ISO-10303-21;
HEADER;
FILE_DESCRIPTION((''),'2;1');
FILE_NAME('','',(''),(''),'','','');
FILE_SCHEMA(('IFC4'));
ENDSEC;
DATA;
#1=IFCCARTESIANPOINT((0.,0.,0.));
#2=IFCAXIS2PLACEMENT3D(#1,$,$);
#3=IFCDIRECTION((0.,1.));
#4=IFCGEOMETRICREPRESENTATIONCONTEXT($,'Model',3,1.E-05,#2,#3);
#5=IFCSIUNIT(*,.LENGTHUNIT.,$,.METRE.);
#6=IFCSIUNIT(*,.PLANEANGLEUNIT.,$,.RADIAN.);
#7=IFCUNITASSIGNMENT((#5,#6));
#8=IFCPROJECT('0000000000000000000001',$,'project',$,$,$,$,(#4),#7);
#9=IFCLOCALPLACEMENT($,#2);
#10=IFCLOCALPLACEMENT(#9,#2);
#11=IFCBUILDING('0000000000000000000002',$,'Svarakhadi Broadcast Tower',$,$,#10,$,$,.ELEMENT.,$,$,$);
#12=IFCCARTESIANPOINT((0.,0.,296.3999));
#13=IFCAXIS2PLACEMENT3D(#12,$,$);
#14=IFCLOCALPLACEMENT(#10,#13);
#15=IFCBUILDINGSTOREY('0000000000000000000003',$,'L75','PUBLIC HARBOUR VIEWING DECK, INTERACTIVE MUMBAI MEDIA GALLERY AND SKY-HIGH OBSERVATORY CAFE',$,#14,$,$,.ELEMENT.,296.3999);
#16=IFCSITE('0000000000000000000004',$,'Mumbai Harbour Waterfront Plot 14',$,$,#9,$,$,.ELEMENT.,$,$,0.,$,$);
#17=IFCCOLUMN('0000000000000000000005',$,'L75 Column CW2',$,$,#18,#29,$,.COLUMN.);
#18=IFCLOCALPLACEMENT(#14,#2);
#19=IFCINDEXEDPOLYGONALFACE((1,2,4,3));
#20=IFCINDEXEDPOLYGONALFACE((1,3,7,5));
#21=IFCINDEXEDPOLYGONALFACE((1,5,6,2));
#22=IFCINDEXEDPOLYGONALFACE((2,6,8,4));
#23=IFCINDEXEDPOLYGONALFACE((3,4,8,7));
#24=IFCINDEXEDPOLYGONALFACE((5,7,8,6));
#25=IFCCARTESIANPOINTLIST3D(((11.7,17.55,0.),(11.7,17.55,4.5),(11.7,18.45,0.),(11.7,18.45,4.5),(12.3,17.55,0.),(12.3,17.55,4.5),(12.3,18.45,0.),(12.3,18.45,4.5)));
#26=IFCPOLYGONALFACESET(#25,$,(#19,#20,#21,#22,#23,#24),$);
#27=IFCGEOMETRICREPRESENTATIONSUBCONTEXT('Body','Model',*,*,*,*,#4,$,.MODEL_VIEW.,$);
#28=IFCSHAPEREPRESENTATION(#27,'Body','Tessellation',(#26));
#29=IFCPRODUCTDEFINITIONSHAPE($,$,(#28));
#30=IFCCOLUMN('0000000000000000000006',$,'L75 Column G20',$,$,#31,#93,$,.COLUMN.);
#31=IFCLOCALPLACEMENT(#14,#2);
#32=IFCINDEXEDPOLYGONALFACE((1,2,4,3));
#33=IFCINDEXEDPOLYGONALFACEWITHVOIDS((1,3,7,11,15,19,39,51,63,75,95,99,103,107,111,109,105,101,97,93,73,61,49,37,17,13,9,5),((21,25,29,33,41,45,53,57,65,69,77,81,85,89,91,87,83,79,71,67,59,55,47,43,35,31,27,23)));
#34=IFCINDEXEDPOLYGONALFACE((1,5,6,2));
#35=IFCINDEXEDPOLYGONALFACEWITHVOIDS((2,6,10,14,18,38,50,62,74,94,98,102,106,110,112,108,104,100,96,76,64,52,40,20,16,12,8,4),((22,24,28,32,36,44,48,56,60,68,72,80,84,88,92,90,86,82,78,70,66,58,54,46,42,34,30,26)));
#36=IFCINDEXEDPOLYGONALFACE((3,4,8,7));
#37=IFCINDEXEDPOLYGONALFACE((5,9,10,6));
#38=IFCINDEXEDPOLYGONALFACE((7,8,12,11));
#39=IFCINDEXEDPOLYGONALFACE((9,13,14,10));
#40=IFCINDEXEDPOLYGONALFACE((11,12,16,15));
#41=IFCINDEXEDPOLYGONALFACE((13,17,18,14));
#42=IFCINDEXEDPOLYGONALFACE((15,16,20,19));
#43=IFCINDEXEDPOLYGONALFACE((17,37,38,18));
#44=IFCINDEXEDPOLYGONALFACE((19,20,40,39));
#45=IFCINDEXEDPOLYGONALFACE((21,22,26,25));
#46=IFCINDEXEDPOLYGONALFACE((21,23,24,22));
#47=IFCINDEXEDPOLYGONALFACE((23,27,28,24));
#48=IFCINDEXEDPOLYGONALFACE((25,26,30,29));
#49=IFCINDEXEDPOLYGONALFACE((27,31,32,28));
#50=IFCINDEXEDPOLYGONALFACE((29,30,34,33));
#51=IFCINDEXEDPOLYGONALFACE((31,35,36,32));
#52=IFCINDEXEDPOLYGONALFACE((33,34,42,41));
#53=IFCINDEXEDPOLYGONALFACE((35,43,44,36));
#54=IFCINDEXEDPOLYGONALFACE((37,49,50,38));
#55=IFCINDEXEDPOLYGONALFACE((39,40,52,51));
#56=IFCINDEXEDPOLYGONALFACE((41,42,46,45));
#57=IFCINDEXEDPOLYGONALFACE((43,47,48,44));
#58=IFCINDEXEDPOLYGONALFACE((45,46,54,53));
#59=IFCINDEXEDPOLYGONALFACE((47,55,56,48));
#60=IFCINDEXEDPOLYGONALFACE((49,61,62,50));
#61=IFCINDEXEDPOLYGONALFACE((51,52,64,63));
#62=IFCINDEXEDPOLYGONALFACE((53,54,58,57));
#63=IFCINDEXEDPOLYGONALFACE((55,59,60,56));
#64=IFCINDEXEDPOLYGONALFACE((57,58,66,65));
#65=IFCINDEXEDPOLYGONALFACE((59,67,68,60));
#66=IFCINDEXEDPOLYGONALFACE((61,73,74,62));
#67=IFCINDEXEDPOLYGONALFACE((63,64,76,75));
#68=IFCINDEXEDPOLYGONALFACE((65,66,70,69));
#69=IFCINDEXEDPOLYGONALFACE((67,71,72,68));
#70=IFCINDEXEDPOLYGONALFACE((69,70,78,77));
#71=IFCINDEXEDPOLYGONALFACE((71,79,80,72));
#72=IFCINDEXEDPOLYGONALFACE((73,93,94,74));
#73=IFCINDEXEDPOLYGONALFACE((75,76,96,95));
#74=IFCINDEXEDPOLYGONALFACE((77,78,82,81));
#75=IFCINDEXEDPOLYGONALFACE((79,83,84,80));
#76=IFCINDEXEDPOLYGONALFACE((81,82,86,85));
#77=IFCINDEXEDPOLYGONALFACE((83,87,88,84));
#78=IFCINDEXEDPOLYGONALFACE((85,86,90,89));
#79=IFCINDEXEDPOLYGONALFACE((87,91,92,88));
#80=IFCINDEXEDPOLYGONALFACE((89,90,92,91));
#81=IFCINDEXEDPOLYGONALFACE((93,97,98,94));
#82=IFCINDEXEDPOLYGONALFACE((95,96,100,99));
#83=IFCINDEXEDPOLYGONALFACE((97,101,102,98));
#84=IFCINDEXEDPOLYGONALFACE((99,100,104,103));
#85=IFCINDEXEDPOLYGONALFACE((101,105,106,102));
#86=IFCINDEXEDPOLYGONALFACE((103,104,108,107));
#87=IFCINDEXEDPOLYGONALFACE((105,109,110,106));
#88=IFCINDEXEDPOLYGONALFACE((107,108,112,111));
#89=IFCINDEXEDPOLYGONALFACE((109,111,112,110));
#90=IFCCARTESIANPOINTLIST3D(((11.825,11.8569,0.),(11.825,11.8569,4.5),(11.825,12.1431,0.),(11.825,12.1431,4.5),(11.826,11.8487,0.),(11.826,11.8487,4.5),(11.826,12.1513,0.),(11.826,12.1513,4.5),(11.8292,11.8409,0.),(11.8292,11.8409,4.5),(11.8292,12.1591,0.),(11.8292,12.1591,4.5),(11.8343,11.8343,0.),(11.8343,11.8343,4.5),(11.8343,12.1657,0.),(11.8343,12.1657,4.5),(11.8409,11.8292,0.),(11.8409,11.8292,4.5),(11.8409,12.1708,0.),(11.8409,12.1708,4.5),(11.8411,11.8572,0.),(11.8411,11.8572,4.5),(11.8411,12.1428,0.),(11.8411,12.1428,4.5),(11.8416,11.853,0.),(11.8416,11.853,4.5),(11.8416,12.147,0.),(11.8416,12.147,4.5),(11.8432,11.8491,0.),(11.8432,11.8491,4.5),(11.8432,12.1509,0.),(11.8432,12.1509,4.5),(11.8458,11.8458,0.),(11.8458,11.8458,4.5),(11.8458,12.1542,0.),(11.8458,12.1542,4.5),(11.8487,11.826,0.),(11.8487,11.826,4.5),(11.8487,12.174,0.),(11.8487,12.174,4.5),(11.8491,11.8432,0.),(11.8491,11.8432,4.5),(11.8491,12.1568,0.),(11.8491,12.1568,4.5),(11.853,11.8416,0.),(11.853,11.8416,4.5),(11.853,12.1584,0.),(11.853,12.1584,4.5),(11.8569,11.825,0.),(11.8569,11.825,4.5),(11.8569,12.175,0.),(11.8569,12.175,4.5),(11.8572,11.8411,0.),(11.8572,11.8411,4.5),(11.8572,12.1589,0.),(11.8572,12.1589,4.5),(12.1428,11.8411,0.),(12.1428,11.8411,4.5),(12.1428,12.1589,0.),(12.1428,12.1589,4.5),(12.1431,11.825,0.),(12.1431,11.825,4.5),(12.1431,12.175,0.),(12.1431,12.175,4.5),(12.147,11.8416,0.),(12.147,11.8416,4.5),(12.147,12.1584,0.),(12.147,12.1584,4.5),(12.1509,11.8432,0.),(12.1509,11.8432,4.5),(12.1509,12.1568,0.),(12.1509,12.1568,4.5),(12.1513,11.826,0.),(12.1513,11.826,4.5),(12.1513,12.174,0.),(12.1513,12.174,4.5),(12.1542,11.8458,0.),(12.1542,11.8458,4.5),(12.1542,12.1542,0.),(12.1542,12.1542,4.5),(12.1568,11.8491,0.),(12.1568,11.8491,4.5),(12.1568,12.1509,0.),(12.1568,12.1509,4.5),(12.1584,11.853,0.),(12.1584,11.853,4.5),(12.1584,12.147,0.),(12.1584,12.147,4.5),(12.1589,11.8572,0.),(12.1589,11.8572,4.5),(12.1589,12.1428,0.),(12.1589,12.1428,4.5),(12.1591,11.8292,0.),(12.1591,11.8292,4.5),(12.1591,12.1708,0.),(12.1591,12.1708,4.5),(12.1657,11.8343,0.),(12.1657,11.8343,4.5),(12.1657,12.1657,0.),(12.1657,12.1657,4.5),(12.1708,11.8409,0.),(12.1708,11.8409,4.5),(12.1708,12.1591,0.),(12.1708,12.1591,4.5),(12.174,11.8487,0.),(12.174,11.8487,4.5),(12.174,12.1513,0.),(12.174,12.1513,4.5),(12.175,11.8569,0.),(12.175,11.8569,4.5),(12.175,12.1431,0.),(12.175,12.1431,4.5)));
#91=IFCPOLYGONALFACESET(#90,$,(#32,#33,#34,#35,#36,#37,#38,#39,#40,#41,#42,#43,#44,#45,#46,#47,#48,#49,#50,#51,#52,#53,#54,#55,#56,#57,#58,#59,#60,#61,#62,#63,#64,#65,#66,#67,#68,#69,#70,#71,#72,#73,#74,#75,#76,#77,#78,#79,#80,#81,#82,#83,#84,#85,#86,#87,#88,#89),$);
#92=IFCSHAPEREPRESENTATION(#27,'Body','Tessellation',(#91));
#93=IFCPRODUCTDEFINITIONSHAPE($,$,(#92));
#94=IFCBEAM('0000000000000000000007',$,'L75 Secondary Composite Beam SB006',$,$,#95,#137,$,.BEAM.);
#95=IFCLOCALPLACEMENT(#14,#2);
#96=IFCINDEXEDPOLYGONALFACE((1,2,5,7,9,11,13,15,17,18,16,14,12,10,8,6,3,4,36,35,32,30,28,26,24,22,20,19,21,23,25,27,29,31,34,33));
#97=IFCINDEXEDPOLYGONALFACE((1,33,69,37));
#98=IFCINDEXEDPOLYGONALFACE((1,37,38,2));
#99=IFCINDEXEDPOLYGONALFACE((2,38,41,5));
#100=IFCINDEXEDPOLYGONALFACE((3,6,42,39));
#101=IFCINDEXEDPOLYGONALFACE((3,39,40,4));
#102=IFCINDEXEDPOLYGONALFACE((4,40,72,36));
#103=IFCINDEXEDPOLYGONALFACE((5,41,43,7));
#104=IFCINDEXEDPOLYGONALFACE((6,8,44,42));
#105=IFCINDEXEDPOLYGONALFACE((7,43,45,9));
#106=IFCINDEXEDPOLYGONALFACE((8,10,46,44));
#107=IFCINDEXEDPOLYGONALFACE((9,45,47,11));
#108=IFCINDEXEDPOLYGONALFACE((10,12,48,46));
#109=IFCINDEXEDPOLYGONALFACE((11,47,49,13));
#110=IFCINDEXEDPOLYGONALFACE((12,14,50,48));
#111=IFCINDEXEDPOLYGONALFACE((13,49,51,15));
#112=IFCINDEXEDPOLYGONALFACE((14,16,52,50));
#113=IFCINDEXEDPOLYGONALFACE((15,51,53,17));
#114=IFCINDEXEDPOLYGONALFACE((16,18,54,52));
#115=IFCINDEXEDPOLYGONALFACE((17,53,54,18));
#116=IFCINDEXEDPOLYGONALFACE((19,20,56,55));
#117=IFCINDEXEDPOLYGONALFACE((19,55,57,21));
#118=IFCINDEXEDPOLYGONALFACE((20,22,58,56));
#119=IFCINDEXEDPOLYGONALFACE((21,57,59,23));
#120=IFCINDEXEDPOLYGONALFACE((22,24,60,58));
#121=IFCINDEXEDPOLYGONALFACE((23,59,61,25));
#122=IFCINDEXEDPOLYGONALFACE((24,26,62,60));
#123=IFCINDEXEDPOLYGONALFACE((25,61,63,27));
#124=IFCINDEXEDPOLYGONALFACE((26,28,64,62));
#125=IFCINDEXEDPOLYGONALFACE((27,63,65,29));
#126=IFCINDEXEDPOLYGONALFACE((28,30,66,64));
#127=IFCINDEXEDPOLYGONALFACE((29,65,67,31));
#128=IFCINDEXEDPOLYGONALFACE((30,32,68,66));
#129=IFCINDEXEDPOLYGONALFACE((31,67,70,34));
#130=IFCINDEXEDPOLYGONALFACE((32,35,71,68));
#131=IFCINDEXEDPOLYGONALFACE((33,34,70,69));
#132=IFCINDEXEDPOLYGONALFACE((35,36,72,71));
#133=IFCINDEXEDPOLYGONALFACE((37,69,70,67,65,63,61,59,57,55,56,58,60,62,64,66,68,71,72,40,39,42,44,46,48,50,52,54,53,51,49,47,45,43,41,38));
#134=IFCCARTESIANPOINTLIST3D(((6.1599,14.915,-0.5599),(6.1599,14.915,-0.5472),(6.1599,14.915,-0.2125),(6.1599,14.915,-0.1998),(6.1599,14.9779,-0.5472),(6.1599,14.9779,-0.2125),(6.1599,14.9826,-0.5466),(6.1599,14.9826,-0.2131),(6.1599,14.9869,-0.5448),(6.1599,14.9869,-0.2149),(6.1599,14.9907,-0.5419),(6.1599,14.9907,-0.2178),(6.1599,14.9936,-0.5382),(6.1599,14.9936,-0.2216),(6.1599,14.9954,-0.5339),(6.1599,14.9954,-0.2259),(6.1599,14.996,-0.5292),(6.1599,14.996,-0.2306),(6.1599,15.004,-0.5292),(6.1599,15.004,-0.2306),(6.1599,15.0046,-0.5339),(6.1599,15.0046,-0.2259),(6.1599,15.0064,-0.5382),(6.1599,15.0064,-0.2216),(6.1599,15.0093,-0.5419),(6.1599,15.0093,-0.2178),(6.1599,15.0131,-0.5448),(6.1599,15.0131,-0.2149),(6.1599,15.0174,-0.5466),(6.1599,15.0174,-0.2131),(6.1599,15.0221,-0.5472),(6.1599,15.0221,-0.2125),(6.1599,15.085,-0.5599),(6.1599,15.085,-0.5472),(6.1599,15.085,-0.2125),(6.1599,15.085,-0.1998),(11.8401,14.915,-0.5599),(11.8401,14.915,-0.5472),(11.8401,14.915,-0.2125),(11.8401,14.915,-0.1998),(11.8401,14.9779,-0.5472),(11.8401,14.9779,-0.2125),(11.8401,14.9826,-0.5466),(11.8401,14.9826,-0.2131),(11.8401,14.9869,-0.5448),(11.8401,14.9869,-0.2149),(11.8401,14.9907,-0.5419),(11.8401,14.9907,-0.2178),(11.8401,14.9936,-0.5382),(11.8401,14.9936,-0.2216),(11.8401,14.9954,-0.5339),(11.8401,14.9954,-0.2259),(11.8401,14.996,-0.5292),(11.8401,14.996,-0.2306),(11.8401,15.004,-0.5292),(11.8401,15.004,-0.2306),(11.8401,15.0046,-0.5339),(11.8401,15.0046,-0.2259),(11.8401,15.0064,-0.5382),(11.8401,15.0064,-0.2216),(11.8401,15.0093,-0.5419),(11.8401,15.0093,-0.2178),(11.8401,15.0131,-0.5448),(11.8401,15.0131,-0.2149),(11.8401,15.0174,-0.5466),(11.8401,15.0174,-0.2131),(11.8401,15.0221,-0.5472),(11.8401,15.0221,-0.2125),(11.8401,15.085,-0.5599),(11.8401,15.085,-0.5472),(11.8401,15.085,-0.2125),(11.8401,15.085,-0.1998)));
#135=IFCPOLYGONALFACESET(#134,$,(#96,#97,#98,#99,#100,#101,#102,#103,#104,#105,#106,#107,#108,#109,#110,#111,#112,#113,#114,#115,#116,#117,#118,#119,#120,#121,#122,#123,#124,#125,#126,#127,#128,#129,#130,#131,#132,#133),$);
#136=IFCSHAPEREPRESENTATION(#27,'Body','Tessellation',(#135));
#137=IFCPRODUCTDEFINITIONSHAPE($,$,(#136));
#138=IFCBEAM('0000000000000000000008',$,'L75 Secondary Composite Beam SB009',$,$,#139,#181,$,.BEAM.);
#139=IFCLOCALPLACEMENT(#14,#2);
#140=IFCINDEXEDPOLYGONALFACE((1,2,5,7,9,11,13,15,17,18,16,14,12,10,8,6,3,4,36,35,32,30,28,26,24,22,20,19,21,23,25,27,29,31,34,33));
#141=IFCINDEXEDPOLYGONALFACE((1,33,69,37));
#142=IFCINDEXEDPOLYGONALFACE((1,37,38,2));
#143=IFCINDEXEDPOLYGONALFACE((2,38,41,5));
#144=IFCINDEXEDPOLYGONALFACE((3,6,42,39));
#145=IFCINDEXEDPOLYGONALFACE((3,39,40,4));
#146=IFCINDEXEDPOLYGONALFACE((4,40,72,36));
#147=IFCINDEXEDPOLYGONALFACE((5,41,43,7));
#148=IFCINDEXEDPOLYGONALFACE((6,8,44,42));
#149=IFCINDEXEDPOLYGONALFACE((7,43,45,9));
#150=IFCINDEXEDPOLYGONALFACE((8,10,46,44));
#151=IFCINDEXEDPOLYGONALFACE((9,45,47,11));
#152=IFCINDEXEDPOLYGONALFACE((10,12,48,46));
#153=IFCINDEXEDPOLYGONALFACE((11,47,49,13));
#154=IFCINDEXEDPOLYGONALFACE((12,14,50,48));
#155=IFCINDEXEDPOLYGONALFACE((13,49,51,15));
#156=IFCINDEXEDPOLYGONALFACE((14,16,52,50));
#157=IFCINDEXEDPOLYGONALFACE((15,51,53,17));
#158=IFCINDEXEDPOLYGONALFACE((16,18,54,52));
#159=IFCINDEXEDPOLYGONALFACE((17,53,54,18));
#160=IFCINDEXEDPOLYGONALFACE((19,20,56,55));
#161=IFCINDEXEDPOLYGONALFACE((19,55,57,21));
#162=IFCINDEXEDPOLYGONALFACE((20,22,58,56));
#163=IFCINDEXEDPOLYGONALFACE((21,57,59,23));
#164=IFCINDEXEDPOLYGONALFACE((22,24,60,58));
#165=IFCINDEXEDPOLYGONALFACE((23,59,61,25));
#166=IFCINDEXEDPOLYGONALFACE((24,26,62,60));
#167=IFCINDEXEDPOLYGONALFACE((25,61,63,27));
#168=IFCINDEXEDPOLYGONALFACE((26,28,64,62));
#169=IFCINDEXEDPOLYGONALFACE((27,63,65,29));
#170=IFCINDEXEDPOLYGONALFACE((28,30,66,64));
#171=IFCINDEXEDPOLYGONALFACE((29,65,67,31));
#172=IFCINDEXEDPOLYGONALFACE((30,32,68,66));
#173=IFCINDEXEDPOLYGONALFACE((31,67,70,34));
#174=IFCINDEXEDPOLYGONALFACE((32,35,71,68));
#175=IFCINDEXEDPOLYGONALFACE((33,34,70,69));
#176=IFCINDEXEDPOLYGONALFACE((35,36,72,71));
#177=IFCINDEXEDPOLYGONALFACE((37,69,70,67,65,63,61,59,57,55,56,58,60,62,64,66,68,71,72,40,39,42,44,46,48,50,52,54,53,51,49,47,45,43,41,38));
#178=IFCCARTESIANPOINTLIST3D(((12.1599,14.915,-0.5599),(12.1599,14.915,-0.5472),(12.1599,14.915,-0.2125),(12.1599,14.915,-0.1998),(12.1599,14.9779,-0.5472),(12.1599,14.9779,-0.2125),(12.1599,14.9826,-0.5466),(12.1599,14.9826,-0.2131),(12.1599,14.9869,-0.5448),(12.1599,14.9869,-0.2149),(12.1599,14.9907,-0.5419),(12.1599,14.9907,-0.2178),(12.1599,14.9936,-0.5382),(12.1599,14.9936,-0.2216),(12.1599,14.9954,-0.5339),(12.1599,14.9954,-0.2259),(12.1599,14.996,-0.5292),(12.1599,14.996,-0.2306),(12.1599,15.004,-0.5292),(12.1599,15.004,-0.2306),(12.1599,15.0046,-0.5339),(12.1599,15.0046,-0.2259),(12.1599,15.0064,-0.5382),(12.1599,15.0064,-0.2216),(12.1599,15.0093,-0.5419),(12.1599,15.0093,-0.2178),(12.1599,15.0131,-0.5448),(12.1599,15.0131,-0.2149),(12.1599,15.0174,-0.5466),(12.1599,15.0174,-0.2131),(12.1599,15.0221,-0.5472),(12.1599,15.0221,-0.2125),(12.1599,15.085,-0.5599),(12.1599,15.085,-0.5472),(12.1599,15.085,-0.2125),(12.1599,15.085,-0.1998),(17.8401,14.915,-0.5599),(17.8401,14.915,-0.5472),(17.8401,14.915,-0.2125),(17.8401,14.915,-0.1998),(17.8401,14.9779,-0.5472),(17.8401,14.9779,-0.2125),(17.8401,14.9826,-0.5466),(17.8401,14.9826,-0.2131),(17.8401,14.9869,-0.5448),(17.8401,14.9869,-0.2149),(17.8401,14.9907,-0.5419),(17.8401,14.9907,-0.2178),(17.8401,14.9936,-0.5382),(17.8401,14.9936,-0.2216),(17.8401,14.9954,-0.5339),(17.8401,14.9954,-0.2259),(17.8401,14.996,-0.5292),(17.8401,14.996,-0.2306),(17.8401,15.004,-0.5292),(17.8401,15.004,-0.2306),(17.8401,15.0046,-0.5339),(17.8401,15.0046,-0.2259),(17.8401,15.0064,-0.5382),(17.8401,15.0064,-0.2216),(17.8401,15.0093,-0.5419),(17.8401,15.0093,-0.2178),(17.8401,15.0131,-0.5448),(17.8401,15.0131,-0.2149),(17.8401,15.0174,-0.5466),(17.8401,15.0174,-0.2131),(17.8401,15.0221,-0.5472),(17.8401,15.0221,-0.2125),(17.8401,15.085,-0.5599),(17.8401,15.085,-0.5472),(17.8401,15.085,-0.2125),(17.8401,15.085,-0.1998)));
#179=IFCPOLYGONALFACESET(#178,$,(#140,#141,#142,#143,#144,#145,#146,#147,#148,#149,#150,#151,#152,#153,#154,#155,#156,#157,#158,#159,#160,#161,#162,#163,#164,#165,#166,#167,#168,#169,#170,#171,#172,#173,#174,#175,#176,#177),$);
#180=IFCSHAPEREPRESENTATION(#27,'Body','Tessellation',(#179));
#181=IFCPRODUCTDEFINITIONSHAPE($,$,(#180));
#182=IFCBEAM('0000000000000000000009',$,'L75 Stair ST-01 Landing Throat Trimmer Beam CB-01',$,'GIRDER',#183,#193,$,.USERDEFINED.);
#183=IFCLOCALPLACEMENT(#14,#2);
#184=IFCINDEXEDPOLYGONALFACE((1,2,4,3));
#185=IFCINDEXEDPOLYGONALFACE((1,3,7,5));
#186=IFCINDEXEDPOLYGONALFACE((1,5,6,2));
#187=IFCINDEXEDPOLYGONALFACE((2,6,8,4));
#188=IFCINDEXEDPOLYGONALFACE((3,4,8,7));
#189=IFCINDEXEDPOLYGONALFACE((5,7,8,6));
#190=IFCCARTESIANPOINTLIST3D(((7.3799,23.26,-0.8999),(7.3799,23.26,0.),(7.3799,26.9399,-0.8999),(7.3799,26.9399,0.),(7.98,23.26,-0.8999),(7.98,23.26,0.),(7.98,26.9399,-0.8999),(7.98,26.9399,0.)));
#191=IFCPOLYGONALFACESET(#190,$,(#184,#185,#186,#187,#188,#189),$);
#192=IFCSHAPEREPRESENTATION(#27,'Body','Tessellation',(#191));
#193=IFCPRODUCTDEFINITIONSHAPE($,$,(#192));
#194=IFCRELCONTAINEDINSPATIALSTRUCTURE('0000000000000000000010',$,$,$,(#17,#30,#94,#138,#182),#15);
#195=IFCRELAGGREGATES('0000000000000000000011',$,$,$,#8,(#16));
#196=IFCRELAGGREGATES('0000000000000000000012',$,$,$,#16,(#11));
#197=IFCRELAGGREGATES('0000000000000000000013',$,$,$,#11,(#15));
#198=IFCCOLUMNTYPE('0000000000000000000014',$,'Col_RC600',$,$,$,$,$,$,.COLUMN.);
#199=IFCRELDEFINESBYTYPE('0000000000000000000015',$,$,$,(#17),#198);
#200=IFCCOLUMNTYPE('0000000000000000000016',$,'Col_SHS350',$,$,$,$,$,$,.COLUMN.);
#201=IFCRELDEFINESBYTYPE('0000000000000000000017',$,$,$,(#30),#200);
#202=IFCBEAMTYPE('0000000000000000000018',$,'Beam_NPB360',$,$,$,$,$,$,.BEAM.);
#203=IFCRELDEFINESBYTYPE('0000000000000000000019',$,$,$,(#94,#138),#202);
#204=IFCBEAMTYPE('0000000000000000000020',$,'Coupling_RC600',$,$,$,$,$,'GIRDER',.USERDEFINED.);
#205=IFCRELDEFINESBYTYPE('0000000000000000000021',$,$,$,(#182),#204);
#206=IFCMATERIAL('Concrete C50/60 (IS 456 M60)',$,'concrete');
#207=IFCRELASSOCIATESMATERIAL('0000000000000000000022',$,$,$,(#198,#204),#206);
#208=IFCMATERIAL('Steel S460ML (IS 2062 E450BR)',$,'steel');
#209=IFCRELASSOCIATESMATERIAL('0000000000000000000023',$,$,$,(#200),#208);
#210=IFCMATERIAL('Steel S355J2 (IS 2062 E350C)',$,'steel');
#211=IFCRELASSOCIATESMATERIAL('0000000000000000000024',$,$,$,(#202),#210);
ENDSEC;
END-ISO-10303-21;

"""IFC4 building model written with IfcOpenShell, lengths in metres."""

from ifc_helpers import new_model, si_unit, direction, frame, origin, origin_2d, place, context, subcontext, project, spatial, rectangle, hollow_rectangle, i_section, extrude, material, material_profile, profile_set, type_object, element, save


model = new_model("IFC4")

# Units and contexts
model_context = context("Model", 3, precision=1e-05, world=origin(), true_north=direction((0.0, 1.0)))
body_context = subcontext(model_context, "Body", "Model", "MODEL_VIEW")
ifc_project = project(units=[si_unit("LENGTHUNIT", "METRE"), si_unit("PLANEANGLEUNIT", "RADIAN")], contexts=[model_context])

# Site, building, storey
site_placement = place(None, origin())
site = spatial("IfcSite", under=ifc_project, at=site_placement, Name="Mumbai Harbour Waterfront Plot 14", CompositionType="ELEMENT", RefElevation=0.0)
building_placement = place(site_placement, origin())
building = spatial("IfcBuilding", under=site, at=building_placement, Name="Svarakhadi Broadcast Tower", CompositionType="ELEMENT")
storey_placement = place(building_placement, frame((0.0, 0.0, 296.3999)))
storey = spatial("IfcBuildingStorey", under=building, at=storey_placement, Name="L75", Description="PUBLIC HARBOUR VIEWING DECK, INTERACTIVE MUMBAI MEDIA GALLERY AND SKY-HIGH OBSERVATORY CAFE", CompositionType="ELEMENT", Elevation=296.3999)

# Columns
ifc_material_1 = material(Name="Concrete C50/60 (IS 456 M60)", Category="concrete")
ifc_material_profile_1 = material_profile(ifc_material_1, rectangle(XDim=0.6001, YDim=0.8999, at=origin_2d()), Name="RC 600x900")
ifc_profile_set_1 = profile_set([ifc_material_profile_1], Name="Concrete C50/60 (IS 456 M60)")
column_type_1 = type_object("IfcColumnType", Name="Col_RC600", PredefinedType="COLUMN", material=ifc_profile_set_1)
column_1_placement = place(storey_placement, frame((12.0, 18.0, 0.0), z_axis=(0.0, 0.0, 1.0), x_axis=(1.0, 0.0, 0.0)))
element("IfcColumn", 1, at=column_1_placement, inside=storey, type_object=column_type_1, Name="L75 Column CW2", PredefinedType="COLUMN", context=body_context, shape_type="SweptSolid", body=[
    extrude(rectangle(XDim=0.6001, YDim=0.8999, at=origin_2d()), origin(), (0.0, 0.0, 1.0), 4.5),
])
ifc_material_2 = material(Name="Steel S460ML (IS 2062 E450BR)", Category="steel")
ifc_material_profile_2 = material_profile(ifc_material_2, hollow_rectangle(XDim=0.3501, YDim=0.3501, WallThickness=0.0161, InnerFilletRadius=0.0161, OuterFilletRadius=0.032, at=origin_2d()), Name="SHS 350x350x16")
ifc_profile_set_2 = profile_set([ifc_material_profile_2], Name="Steel S460ML (IS 2062 E450BR)")
column_type_2 = type_object("IfcColumnType", Name="Col_SHS350", PredefinedType="COLUMN", material=ifc_profile_set_2)
column_2_placement = place(storey_placement, frame((12.0, 12.0, 0.0), z_axis=(0.0, 0.0, 1.0), x_axis=(1.0, 0.0, 0.0)))
element("IfcColumn", 2, at=column_2_placement, inside=storey, type_object=column_type_2, Name="L75 Column G20", PredefinedType="COLUMN", context=body_context, shape_type="SweptSolid", body=[
    extrude(hollow_rectangle(XDim=0.3501, YDim=0.3501, WallThickness=0.0161, InnerFilletRadius=0.0161, OuterFilletRadius=0.032, at=origin_2d()), origin(), (0.0, 0.0, 1.0), 4.5),
])

# Beams
ifc_material_3 = material(Name="Steel S355J2 (IS 2062 E350C)", Category="steel")
ifc_material_profile_3 = material_profile(ifc_material_3, i_section(OverallWidth=0.1699, OverallDepth=0.3601, WebThickness=0.0081, FlangeThickness=0.0127, FilletRadius=0.0181, at=origin_2d()), Name="NPB 360x170x57")
ifc_profile_set_3 = profile_set([ifc_material_profile_3], Name="Steel S355J2 (IS 2062 E350C)")
beam_type_1 = type_object("IfcBeamType", Name="Beam_NPB360", PredefinedType="BEAM", material=ifc_profile_set_3)
for number, where, z_axis, x_axis, name in (
    (3, (6.1599, 15.0, -0.3799), (1.0, 0.0, 0.0), (0.0, 1.0, 0.0), "L75 Secondary Composite Beam SB006"),
    (4, (12.1599, 15.0, -0.3799), (1.0, 0.0, 0.0), (0.0, 1.0, 0.0), "L75 Secondary Composite Beam SB009"),
):
    element("IfcBeam", number, at=place(storey_placement, frame(where, z_axis=z_axis, x_axis=x_axis)), inside=storey, type_object=beam_type_1, Name=name, PredefinedType="BEAM", context=body_context, shape_type="SweptSolid", body=[
        extrude(i_section(OverallWidth=0.1699, OverallDepth=0.3601, WebThickness=0.0081, FlangeThickness=0.0127, FilletRadius=0.0181, at=origin_2d()), origin(), (0.0, 0.0, 1.0), 5.6802),
    ])
ifc_material_profile_4 = material_profile(ifc_material_1, rectangle(XDim=0.6001, YDim=0.8999, at=origin_2d()), Name="RC 600x900")
ifc_profile_set_4 = profile_set([ifc_material_profile_4], Name="Concrete C50/60 (IS 456 M60)")
beam_type_2 = type_object("IfcBeamType", Name="Coupling_RC600", ElementType="GIRDER", PredefinedType="USERDEFINED", material=ifc_profile_set_4)
beam_1_placement = place(storey_placement, frame((7.6799, 23.26, -0.45), z_axis=(0.0, 1.0, 0.0), x_axis=(-1.0, 0.0, 0.0)))
element("IfcBeam", 5, at=beam_1_placement, inside=storey, type_object=beam_type_2, Name="L75 Stair ST-01 Landing Throat Trimmer Beam CB-01", ObjectType="GIRDER", PredefinedType="USERDEFINED", context=body_context, shape_type="SweptSolid", body=[
    extrude(rectangle(XDim=0.6001, YDim=0.8999, at=origin_2d()), origin(), (0.0, 0.0, 1.0), 3.6799),
])

save(model, "model.ifc")
